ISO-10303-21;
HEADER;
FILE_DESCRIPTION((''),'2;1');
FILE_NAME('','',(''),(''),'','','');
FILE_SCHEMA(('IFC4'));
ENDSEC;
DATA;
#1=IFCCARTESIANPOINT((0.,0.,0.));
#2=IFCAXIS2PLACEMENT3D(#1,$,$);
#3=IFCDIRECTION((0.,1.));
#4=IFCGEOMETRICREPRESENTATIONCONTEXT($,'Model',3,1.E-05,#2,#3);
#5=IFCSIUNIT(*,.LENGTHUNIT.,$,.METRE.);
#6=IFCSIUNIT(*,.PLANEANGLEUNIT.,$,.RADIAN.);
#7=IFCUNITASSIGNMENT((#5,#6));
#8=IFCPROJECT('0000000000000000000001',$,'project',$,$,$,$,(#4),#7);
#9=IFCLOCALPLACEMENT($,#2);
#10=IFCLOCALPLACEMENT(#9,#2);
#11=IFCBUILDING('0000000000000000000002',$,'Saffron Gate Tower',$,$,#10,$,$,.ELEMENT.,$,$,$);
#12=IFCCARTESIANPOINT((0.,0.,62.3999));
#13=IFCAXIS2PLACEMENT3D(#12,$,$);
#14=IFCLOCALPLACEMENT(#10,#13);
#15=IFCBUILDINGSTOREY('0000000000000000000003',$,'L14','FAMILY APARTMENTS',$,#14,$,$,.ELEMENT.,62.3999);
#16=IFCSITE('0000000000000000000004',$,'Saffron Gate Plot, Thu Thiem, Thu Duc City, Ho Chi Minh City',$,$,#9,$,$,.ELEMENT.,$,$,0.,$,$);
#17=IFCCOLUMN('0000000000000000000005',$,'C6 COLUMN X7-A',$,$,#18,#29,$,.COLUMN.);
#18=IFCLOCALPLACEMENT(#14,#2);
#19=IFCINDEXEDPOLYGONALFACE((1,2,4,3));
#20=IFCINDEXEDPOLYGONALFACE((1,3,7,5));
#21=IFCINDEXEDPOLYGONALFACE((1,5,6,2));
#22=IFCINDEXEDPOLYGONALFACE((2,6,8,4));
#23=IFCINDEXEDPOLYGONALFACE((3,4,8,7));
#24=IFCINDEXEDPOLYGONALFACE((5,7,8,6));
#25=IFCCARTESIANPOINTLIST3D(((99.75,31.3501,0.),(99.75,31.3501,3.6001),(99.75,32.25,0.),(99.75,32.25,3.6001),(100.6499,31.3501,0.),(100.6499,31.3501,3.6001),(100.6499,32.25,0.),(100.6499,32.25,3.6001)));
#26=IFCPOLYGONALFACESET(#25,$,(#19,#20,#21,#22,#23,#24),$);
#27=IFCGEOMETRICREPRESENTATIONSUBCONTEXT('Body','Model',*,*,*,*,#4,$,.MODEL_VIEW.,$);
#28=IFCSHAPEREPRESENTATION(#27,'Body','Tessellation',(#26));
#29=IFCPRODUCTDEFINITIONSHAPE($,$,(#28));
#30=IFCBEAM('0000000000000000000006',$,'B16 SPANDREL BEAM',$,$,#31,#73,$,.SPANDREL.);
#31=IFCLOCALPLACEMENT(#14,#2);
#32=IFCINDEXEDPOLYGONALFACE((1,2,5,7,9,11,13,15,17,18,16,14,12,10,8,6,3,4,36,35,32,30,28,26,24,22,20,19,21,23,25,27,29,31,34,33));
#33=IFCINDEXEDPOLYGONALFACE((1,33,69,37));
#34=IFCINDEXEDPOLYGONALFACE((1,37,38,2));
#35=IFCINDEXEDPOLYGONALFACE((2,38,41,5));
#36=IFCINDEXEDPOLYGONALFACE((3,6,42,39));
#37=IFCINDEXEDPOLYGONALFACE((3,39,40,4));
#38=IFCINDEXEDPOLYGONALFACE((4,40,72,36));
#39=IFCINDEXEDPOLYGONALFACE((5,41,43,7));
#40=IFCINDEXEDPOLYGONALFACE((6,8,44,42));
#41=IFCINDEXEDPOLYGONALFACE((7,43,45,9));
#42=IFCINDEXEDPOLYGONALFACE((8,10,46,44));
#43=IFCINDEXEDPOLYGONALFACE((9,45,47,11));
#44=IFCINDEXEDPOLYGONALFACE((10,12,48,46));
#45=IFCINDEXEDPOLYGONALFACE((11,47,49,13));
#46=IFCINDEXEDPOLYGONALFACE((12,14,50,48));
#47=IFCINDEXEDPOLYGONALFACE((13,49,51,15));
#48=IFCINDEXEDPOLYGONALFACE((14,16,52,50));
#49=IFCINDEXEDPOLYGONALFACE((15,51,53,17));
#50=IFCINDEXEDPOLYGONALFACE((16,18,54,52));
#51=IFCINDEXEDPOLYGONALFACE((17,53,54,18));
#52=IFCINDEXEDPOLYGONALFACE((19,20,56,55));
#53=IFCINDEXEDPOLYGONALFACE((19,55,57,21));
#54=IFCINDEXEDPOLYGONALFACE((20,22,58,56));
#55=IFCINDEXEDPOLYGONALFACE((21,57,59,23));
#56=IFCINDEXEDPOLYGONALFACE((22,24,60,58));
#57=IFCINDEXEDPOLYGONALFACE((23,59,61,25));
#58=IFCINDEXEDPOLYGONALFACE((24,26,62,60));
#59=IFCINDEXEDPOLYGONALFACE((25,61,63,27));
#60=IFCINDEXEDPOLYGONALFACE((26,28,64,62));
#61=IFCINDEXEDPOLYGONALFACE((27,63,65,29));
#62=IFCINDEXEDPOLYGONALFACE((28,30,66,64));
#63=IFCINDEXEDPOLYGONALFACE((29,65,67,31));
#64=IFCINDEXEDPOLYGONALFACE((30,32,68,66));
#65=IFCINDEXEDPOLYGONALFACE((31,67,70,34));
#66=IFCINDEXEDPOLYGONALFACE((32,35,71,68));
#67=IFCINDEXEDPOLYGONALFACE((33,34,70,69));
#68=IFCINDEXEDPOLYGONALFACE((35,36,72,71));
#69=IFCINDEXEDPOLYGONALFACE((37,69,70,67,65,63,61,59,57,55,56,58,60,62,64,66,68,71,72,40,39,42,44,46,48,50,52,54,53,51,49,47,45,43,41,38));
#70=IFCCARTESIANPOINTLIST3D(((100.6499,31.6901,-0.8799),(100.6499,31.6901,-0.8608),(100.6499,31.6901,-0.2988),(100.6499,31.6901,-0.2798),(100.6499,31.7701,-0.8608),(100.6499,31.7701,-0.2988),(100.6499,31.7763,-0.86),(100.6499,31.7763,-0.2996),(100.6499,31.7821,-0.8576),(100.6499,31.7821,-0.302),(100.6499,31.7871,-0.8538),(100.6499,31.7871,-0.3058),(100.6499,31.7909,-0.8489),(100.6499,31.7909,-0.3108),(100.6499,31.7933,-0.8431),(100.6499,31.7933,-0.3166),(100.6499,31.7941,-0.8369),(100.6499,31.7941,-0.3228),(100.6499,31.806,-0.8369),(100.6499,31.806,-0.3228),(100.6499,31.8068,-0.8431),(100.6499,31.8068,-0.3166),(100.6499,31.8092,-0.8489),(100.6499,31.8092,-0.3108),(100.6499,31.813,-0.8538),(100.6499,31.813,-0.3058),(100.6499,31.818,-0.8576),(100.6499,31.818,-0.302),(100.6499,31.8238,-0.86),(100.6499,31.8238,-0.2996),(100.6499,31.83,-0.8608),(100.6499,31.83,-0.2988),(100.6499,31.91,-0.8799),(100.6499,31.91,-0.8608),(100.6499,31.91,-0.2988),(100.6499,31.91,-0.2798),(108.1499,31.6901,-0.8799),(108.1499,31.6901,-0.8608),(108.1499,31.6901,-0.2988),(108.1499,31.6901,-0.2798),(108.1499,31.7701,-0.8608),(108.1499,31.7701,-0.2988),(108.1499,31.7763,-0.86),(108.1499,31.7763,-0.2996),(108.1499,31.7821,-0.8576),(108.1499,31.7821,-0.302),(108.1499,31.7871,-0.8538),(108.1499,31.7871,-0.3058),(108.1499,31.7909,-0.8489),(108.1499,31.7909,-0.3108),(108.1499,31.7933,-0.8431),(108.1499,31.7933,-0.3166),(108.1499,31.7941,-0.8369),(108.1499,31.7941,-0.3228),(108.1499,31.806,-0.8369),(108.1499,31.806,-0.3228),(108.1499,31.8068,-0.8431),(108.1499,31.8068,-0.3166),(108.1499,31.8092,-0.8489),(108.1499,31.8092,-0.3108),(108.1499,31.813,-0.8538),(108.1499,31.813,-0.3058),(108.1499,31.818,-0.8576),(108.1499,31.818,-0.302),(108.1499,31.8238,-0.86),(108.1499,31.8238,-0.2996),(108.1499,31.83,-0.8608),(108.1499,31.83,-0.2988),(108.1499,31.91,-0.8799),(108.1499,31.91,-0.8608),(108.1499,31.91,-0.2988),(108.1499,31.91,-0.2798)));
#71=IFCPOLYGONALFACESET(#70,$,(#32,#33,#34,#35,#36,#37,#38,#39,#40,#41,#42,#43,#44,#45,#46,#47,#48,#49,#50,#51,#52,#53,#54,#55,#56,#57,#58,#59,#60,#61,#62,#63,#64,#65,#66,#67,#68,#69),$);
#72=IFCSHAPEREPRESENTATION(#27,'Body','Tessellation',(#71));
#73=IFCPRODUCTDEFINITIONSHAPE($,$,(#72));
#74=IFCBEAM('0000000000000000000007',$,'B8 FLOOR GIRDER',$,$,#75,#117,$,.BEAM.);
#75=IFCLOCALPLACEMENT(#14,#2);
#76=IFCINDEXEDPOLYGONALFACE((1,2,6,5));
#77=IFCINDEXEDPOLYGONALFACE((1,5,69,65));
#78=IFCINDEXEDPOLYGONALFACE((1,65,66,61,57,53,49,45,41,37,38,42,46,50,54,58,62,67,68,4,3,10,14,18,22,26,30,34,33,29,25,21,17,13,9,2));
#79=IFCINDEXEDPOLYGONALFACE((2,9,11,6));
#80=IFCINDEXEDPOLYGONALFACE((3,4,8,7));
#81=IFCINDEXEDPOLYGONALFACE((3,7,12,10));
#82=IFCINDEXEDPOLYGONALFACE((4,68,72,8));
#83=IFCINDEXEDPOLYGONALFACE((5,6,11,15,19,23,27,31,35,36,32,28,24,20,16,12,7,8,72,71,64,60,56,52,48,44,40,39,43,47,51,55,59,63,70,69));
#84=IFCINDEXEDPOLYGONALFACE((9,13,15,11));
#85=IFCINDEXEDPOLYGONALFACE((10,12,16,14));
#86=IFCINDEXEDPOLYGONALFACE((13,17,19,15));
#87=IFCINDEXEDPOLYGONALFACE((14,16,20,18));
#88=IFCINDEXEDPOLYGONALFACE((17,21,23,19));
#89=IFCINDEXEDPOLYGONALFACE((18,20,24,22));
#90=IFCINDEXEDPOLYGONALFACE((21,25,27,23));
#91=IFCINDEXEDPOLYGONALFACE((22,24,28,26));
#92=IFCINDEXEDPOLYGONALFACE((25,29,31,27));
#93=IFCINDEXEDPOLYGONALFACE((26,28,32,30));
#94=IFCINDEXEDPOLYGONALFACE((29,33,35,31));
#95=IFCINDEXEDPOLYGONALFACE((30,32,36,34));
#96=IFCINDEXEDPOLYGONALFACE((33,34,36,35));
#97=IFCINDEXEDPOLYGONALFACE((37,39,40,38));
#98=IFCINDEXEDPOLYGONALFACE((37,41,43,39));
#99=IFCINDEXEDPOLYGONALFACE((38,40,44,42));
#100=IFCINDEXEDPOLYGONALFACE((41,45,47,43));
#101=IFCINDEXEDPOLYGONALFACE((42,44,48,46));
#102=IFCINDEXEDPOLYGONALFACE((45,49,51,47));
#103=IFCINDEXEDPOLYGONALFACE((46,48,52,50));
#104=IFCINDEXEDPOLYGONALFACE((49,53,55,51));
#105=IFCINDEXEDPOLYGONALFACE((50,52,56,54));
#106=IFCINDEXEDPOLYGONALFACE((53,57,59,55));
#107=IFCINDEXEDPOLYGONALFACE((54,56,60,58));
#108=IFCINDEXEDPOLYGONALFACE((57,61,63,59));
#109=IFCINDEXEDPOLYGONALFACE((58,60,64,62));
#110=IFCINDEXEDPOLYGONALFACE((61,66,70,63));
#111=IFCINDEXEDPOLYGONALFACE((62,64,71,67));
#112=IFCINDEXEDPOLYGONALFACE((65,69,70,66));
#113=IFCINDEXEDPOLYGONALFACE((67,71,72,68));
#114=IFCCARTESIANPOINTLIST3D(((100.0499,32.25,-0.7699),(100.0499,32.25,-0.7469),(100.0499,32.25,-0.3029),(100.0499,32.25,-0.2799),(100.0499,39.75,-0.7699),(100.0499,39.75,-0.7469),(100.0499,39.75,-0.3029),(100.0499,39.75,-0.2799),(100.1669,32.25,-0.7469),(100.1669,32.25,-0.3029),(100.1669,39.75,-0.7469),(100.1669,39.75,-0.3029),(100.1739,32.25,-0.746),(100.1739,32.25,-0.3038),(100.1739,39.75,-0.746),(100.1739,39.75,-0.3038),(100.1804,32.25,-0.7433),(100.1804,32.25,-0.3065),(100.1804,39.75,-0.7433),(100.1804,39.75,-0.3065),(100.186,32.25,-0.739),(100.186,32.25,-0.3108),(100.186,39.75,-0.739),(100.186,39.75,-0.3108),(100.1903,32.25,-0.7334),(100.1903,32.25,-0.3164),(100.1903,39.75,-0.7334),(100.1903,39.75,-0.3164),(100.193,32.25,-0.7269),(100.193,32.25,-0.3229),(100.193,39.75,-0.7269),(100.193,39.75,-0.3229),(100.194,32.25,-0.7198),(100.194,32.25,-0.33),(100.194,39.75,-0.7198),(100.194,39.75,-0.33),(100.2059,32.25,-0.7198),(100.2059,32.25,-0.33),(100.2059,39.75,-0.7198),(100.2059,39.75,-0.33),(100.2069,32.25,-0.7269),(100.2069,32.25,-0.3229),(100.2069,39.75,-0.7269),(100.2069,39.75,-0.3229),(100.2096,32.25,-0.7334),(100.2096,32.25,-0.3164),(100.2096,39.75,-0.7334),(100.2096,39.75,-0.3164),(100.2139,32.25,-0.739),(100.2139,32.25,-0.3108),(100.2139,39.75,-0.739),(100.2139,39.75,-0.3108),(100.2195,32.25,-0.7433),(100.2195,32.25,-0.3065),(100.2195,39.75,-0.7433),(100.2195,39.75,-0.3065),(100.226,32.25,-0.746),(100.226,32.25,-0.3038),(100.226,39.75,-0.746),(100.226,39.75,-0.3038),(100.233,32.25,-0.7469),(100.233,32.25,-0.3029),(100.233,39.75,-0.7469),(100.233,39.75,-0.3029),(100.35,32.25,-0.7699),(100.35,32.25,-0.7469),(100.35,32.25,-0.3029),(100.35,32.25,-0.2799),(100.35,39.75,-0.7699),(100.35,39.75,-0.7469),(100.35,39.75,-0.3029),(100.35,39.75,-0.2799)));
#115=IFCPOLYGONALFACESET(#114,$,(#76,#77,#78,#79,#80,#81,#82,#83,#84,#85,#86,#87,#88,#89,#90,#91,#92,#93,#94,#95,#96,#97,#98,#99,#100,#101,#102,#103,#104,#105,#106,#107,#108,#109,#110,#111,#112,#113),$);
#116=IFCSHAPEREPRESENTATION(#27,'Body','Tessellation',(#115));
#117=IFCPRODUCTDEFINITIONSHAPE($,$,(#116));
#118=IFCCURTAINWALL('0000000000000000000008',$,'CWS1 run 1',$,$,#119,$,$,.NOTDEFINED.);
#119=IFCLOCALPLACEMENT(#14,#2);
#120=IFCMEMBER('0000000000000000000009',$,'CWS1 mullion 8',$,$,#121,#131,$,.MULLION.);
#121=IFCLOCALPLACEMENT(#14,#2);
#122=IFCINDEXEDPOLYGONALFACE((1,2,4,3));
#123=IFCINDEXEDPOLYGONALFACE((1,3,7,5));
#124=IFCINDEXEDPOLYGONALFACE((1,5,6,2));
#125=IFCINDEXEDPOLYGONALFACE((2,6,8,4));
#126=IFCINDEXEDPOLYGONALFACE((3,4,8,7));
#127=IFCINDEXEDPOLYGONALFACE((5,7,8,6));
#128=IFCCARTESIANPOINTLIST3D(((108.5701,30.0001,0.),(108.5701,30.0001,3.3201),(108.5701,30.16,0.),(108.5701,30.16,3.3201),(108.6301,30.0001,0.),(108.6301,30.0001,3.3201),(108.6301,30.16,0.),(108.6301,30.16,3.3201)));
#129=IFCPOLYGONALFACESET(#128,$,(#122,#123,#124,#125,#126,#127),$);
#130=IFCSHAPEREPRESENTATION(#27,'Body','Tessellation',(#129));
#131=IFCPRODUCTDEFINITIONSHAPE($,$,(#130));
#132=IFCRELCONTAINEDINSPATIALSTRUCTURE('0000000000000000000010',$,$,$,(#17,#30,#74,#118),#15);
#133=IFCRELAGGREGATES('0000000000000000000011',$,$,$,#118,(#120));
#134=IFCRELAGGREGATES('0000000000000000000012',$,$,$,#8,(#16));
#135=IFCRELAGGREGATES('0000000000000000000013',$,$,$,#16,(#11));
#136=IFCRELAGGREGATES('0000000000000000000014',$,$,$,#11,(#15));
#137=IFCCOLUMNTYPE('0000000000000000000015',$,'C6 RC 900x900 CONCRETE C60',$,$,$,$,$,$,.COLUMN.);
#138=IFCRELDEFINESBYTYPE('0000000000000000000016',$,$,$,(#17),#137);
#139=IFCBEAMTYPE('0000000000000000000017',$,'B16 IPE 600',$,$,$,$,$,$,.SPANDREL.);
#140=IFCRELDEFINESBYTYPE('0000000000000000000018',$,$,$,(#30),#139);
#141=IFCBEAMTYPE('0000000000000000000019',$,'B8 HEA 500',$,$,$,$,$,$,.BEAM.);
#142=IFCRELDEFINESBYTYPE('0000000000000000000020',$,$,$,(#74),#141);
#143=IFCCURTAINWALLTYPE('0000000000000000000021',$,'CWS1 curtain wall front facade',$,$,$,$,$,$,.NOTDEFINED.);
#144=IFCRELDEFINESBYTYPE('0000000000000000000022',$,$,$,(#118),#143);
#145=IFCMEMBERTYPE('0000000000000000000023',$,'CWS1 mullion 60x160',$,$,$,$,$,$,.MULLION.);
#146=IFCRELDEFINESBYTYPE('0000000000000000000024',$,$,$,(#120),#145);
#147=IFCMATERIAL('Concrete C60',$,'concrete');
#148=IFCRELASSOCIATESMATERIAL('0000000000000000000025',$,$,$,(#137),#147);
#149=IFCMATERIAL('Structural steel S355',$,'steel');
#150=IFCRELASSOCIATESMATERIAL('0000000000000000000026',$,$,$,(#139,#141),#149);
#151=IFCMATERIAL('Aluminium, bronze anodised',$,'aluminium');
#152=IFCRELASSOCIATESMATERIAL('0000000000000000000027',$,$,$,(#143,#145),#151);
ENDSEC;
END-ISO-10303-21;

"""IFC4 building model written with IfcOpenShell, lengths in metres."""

from ifc_helpers import new_model, si_unit, direction, frame, origin, origin_2d, place, context, subcontext, project, spatial, rectangle, i_section, extrude, material, material_profile, profile_set, type_object, element, aggregate, save


model = new_model("IFC4")

# Units and contexts
model_context = context("Model", 3, precision=1e-05, world=origin(), true_north=direction((0.0, 1.0)))
body_context = subcontext(model_context, "Body", "Model", "MODEL_VIEW")
ifc_project = project(units=[si_unit("LENGTHUNIT", "METRE"), si_unit("PLANEANGLEUNIT", "RADIAN")], contexts=[model_context])

# Site, building, storey
site_placement = place(None, origin())
site = spatial("IfcSite", under=ifc_project, at=site_placement, Name="Saffron Gate Plot, Thu Thiem, Thu Duc City, Ho Chi Minh City", CompositionType="ELEMENT", RefElevation=0.0)
building_placement = place(site_placement, origin())
building = spatial("IfcBuilding", under=site, at=building_placement, Name="Saffron Gate Tower", CompositionType="ELEMENT")
storey_placement = place(building_placement, frame((0.0, 0.0, 62.3999)))
storey = spatial("IfcBuildingStorey", under=building, at=storey_placement, Name="L14", Description="FAMILY APARTMENTS", CompositionType="ELEMENT", Elevation=62.3999)

# Column
ifc_material_1 = material(Name="Concrete C60", Category="concrete")
ifc_material_profile_1 = material_profile(ifc_material_1, rectangle(XDim=0.8999, YDim=0.8999, at=origin_2d()))
ifc_profile_set_1 = profile_set([ifc_material_profile_1], Name="Concrete C60")
column_type = type_object("IfcColumnType", Name="C6 RC 900x900 CONCRETE C60", PredefinedType="COLUMN", material=ifc_profile_set_1)
column_placement = place(storey_placement, frame((100.2, 31.8, 0.0), z_axis=(0.0, 0.0, 1.0), x_axis=(1.0, 0.0, 0.0)))
element("IfcColumn", 1, at=column_placement, inside=storey, type_object=column_type, Name="C6 COLUMN X7-A", PredefinedType="COLUMN", context=body_context, shape_type="SweptSolid", body=[
    extrude(rectangle(XDim=0.8999, YDim=0.8999, at=origin_2d()), origin(), (0.0, 0.0, 1.0), 3.6001),
])

# Beams
ifc_material_2 = material(Name="Structural steel S355", Category="steel")
ifc_material_profile_2 = material_profile(ifc_material_2, i_section(OverallWidth=0.22, OverallDepth=0.6001, WebThickness=0.012, FlangeThickness=0.019, FilletRadius=0.0239, at=origin_2d()))
ifc_profile_set_2 = profile_set([ifc_material_profile_2], Name="Structural steel S355")
beam_type_1 = type_object("IfcBeamType", Name="B16 IPE 600", PredefinedType="SPANDREL", material=ifc_profile_set_2)
beam_1_placement = place(storey_placement, frame((100.6499, 31.8, -0.5798), z_axis=(1.0, 0.0, 0.0), x_axis=(0.0, 1.0, 0.0)))
element("IfcBeam", 2, at=beam_1_placement, inside=storey, type_object=beam_type_1, Name="B16 SPANDREL BEAM", PredefinedType="SPANDREL", context=body_context, shape_type="SweptSolid", body=[
    extrude(i_section(OverallWidth=0.22, OverallDepth=0.6001, WebThickness=0.012, FlangeThickness=0.019, FilletRadius=0.0239, at=origin_2d()), origin(), (0.0, 0.0, 1.0), 7.5),
])
ifc_material_profile_3 = material_profile(ifc_material_2, i_section(OverallWidth=0.3, OverallDepth=0.49, WebThickness=0.012, FlangeThickness=0.0229, FilletRadius=0.0271, at=origin_2d()))
ifc_profile_set_3 = profile_set([ifc_material_profile_3], Name="Structural steel S355")
beam_type_2 = type_object("IfcBeamType", Name="B8 HEA 500", PredefinedType="BEAM", material=ifc_profile_set_3)
beam_2_placement = place(storey_placement, frame((100.2, 32.25, -0.5249), z_axis=(0.0, 1.0, 0.0), x_axis=(-1.0, 0.0, 0.0)))
element("IfcBeam", 3, at=beam_2_placement, inside=storey, type_object=beam_type_2, Name="B8 FLOOR GIRDER", PredefinedType="BEAM", context=body_context, shape_type="SweptSolid", body=[
    extrude(i_section(OverallWidth=0.3, OverallDepth=0.49, WebThickness=0.012, FlangeThickness=0.0229, FilletRadius=0.0271, at=origin_2d()), origin(), (0.0, 0.0, 1.0), 7.5),
])

# Curtain wall, member
ifc_material_3 = material(Name="Aluminium, bronze anodised", Category="aluminium")
curtain_wall_type = type_object("IfcCurtainWallType", Name="CWS1 curtain wall front facade", PredefinedType="NOTDEFINED", material=ifc_material_3)
curtain_wall_placement = place(storey_placement, origin())
curtain_wall = element("IfcCurtainWall", 4, at=curtain_wall_placement, inside=storey, type_object=curtain_wall_type, Name="CWS1 run 1", PredefinedType="NOTDEFINED")
ifc_material_profile_4 = material_profile(ifc_material_3, rectangle(XDim=0.1599, YDim=0.0601, at=origin_2d()))
ifc_profile_set_4 = profile_set([ifc_material_profile_4], Name="Aluminium, bronze anodised")
member_type = type_object("IfcMemberType", Name="CWS1 mullion 60x160", PredefinedType="MULLION", material=ifc_profile_set_4)
member_placement = place(storey_placement, frame((108.6001, 30.0801, 0.0), z_axis=(0.0, 0.0, 1.0), x_axis=(0.0, 1.0, 0.0)))
member = element("IfcMember", 5, at=member_placement, type_object=member_type, Name="CWS1 mullion 8", PredefinedType="MULLION", context=body_context, shape_type="SweptSolid", body=[
    extrude(rectangle(XDim=0.1599, YDim=0.0601, at=origin_2d()), origin(), (0.0, 0.0, 1.0), 3.3201),
])
aggregate(curtain_wall, [member])

save(model, "model.ifc")
